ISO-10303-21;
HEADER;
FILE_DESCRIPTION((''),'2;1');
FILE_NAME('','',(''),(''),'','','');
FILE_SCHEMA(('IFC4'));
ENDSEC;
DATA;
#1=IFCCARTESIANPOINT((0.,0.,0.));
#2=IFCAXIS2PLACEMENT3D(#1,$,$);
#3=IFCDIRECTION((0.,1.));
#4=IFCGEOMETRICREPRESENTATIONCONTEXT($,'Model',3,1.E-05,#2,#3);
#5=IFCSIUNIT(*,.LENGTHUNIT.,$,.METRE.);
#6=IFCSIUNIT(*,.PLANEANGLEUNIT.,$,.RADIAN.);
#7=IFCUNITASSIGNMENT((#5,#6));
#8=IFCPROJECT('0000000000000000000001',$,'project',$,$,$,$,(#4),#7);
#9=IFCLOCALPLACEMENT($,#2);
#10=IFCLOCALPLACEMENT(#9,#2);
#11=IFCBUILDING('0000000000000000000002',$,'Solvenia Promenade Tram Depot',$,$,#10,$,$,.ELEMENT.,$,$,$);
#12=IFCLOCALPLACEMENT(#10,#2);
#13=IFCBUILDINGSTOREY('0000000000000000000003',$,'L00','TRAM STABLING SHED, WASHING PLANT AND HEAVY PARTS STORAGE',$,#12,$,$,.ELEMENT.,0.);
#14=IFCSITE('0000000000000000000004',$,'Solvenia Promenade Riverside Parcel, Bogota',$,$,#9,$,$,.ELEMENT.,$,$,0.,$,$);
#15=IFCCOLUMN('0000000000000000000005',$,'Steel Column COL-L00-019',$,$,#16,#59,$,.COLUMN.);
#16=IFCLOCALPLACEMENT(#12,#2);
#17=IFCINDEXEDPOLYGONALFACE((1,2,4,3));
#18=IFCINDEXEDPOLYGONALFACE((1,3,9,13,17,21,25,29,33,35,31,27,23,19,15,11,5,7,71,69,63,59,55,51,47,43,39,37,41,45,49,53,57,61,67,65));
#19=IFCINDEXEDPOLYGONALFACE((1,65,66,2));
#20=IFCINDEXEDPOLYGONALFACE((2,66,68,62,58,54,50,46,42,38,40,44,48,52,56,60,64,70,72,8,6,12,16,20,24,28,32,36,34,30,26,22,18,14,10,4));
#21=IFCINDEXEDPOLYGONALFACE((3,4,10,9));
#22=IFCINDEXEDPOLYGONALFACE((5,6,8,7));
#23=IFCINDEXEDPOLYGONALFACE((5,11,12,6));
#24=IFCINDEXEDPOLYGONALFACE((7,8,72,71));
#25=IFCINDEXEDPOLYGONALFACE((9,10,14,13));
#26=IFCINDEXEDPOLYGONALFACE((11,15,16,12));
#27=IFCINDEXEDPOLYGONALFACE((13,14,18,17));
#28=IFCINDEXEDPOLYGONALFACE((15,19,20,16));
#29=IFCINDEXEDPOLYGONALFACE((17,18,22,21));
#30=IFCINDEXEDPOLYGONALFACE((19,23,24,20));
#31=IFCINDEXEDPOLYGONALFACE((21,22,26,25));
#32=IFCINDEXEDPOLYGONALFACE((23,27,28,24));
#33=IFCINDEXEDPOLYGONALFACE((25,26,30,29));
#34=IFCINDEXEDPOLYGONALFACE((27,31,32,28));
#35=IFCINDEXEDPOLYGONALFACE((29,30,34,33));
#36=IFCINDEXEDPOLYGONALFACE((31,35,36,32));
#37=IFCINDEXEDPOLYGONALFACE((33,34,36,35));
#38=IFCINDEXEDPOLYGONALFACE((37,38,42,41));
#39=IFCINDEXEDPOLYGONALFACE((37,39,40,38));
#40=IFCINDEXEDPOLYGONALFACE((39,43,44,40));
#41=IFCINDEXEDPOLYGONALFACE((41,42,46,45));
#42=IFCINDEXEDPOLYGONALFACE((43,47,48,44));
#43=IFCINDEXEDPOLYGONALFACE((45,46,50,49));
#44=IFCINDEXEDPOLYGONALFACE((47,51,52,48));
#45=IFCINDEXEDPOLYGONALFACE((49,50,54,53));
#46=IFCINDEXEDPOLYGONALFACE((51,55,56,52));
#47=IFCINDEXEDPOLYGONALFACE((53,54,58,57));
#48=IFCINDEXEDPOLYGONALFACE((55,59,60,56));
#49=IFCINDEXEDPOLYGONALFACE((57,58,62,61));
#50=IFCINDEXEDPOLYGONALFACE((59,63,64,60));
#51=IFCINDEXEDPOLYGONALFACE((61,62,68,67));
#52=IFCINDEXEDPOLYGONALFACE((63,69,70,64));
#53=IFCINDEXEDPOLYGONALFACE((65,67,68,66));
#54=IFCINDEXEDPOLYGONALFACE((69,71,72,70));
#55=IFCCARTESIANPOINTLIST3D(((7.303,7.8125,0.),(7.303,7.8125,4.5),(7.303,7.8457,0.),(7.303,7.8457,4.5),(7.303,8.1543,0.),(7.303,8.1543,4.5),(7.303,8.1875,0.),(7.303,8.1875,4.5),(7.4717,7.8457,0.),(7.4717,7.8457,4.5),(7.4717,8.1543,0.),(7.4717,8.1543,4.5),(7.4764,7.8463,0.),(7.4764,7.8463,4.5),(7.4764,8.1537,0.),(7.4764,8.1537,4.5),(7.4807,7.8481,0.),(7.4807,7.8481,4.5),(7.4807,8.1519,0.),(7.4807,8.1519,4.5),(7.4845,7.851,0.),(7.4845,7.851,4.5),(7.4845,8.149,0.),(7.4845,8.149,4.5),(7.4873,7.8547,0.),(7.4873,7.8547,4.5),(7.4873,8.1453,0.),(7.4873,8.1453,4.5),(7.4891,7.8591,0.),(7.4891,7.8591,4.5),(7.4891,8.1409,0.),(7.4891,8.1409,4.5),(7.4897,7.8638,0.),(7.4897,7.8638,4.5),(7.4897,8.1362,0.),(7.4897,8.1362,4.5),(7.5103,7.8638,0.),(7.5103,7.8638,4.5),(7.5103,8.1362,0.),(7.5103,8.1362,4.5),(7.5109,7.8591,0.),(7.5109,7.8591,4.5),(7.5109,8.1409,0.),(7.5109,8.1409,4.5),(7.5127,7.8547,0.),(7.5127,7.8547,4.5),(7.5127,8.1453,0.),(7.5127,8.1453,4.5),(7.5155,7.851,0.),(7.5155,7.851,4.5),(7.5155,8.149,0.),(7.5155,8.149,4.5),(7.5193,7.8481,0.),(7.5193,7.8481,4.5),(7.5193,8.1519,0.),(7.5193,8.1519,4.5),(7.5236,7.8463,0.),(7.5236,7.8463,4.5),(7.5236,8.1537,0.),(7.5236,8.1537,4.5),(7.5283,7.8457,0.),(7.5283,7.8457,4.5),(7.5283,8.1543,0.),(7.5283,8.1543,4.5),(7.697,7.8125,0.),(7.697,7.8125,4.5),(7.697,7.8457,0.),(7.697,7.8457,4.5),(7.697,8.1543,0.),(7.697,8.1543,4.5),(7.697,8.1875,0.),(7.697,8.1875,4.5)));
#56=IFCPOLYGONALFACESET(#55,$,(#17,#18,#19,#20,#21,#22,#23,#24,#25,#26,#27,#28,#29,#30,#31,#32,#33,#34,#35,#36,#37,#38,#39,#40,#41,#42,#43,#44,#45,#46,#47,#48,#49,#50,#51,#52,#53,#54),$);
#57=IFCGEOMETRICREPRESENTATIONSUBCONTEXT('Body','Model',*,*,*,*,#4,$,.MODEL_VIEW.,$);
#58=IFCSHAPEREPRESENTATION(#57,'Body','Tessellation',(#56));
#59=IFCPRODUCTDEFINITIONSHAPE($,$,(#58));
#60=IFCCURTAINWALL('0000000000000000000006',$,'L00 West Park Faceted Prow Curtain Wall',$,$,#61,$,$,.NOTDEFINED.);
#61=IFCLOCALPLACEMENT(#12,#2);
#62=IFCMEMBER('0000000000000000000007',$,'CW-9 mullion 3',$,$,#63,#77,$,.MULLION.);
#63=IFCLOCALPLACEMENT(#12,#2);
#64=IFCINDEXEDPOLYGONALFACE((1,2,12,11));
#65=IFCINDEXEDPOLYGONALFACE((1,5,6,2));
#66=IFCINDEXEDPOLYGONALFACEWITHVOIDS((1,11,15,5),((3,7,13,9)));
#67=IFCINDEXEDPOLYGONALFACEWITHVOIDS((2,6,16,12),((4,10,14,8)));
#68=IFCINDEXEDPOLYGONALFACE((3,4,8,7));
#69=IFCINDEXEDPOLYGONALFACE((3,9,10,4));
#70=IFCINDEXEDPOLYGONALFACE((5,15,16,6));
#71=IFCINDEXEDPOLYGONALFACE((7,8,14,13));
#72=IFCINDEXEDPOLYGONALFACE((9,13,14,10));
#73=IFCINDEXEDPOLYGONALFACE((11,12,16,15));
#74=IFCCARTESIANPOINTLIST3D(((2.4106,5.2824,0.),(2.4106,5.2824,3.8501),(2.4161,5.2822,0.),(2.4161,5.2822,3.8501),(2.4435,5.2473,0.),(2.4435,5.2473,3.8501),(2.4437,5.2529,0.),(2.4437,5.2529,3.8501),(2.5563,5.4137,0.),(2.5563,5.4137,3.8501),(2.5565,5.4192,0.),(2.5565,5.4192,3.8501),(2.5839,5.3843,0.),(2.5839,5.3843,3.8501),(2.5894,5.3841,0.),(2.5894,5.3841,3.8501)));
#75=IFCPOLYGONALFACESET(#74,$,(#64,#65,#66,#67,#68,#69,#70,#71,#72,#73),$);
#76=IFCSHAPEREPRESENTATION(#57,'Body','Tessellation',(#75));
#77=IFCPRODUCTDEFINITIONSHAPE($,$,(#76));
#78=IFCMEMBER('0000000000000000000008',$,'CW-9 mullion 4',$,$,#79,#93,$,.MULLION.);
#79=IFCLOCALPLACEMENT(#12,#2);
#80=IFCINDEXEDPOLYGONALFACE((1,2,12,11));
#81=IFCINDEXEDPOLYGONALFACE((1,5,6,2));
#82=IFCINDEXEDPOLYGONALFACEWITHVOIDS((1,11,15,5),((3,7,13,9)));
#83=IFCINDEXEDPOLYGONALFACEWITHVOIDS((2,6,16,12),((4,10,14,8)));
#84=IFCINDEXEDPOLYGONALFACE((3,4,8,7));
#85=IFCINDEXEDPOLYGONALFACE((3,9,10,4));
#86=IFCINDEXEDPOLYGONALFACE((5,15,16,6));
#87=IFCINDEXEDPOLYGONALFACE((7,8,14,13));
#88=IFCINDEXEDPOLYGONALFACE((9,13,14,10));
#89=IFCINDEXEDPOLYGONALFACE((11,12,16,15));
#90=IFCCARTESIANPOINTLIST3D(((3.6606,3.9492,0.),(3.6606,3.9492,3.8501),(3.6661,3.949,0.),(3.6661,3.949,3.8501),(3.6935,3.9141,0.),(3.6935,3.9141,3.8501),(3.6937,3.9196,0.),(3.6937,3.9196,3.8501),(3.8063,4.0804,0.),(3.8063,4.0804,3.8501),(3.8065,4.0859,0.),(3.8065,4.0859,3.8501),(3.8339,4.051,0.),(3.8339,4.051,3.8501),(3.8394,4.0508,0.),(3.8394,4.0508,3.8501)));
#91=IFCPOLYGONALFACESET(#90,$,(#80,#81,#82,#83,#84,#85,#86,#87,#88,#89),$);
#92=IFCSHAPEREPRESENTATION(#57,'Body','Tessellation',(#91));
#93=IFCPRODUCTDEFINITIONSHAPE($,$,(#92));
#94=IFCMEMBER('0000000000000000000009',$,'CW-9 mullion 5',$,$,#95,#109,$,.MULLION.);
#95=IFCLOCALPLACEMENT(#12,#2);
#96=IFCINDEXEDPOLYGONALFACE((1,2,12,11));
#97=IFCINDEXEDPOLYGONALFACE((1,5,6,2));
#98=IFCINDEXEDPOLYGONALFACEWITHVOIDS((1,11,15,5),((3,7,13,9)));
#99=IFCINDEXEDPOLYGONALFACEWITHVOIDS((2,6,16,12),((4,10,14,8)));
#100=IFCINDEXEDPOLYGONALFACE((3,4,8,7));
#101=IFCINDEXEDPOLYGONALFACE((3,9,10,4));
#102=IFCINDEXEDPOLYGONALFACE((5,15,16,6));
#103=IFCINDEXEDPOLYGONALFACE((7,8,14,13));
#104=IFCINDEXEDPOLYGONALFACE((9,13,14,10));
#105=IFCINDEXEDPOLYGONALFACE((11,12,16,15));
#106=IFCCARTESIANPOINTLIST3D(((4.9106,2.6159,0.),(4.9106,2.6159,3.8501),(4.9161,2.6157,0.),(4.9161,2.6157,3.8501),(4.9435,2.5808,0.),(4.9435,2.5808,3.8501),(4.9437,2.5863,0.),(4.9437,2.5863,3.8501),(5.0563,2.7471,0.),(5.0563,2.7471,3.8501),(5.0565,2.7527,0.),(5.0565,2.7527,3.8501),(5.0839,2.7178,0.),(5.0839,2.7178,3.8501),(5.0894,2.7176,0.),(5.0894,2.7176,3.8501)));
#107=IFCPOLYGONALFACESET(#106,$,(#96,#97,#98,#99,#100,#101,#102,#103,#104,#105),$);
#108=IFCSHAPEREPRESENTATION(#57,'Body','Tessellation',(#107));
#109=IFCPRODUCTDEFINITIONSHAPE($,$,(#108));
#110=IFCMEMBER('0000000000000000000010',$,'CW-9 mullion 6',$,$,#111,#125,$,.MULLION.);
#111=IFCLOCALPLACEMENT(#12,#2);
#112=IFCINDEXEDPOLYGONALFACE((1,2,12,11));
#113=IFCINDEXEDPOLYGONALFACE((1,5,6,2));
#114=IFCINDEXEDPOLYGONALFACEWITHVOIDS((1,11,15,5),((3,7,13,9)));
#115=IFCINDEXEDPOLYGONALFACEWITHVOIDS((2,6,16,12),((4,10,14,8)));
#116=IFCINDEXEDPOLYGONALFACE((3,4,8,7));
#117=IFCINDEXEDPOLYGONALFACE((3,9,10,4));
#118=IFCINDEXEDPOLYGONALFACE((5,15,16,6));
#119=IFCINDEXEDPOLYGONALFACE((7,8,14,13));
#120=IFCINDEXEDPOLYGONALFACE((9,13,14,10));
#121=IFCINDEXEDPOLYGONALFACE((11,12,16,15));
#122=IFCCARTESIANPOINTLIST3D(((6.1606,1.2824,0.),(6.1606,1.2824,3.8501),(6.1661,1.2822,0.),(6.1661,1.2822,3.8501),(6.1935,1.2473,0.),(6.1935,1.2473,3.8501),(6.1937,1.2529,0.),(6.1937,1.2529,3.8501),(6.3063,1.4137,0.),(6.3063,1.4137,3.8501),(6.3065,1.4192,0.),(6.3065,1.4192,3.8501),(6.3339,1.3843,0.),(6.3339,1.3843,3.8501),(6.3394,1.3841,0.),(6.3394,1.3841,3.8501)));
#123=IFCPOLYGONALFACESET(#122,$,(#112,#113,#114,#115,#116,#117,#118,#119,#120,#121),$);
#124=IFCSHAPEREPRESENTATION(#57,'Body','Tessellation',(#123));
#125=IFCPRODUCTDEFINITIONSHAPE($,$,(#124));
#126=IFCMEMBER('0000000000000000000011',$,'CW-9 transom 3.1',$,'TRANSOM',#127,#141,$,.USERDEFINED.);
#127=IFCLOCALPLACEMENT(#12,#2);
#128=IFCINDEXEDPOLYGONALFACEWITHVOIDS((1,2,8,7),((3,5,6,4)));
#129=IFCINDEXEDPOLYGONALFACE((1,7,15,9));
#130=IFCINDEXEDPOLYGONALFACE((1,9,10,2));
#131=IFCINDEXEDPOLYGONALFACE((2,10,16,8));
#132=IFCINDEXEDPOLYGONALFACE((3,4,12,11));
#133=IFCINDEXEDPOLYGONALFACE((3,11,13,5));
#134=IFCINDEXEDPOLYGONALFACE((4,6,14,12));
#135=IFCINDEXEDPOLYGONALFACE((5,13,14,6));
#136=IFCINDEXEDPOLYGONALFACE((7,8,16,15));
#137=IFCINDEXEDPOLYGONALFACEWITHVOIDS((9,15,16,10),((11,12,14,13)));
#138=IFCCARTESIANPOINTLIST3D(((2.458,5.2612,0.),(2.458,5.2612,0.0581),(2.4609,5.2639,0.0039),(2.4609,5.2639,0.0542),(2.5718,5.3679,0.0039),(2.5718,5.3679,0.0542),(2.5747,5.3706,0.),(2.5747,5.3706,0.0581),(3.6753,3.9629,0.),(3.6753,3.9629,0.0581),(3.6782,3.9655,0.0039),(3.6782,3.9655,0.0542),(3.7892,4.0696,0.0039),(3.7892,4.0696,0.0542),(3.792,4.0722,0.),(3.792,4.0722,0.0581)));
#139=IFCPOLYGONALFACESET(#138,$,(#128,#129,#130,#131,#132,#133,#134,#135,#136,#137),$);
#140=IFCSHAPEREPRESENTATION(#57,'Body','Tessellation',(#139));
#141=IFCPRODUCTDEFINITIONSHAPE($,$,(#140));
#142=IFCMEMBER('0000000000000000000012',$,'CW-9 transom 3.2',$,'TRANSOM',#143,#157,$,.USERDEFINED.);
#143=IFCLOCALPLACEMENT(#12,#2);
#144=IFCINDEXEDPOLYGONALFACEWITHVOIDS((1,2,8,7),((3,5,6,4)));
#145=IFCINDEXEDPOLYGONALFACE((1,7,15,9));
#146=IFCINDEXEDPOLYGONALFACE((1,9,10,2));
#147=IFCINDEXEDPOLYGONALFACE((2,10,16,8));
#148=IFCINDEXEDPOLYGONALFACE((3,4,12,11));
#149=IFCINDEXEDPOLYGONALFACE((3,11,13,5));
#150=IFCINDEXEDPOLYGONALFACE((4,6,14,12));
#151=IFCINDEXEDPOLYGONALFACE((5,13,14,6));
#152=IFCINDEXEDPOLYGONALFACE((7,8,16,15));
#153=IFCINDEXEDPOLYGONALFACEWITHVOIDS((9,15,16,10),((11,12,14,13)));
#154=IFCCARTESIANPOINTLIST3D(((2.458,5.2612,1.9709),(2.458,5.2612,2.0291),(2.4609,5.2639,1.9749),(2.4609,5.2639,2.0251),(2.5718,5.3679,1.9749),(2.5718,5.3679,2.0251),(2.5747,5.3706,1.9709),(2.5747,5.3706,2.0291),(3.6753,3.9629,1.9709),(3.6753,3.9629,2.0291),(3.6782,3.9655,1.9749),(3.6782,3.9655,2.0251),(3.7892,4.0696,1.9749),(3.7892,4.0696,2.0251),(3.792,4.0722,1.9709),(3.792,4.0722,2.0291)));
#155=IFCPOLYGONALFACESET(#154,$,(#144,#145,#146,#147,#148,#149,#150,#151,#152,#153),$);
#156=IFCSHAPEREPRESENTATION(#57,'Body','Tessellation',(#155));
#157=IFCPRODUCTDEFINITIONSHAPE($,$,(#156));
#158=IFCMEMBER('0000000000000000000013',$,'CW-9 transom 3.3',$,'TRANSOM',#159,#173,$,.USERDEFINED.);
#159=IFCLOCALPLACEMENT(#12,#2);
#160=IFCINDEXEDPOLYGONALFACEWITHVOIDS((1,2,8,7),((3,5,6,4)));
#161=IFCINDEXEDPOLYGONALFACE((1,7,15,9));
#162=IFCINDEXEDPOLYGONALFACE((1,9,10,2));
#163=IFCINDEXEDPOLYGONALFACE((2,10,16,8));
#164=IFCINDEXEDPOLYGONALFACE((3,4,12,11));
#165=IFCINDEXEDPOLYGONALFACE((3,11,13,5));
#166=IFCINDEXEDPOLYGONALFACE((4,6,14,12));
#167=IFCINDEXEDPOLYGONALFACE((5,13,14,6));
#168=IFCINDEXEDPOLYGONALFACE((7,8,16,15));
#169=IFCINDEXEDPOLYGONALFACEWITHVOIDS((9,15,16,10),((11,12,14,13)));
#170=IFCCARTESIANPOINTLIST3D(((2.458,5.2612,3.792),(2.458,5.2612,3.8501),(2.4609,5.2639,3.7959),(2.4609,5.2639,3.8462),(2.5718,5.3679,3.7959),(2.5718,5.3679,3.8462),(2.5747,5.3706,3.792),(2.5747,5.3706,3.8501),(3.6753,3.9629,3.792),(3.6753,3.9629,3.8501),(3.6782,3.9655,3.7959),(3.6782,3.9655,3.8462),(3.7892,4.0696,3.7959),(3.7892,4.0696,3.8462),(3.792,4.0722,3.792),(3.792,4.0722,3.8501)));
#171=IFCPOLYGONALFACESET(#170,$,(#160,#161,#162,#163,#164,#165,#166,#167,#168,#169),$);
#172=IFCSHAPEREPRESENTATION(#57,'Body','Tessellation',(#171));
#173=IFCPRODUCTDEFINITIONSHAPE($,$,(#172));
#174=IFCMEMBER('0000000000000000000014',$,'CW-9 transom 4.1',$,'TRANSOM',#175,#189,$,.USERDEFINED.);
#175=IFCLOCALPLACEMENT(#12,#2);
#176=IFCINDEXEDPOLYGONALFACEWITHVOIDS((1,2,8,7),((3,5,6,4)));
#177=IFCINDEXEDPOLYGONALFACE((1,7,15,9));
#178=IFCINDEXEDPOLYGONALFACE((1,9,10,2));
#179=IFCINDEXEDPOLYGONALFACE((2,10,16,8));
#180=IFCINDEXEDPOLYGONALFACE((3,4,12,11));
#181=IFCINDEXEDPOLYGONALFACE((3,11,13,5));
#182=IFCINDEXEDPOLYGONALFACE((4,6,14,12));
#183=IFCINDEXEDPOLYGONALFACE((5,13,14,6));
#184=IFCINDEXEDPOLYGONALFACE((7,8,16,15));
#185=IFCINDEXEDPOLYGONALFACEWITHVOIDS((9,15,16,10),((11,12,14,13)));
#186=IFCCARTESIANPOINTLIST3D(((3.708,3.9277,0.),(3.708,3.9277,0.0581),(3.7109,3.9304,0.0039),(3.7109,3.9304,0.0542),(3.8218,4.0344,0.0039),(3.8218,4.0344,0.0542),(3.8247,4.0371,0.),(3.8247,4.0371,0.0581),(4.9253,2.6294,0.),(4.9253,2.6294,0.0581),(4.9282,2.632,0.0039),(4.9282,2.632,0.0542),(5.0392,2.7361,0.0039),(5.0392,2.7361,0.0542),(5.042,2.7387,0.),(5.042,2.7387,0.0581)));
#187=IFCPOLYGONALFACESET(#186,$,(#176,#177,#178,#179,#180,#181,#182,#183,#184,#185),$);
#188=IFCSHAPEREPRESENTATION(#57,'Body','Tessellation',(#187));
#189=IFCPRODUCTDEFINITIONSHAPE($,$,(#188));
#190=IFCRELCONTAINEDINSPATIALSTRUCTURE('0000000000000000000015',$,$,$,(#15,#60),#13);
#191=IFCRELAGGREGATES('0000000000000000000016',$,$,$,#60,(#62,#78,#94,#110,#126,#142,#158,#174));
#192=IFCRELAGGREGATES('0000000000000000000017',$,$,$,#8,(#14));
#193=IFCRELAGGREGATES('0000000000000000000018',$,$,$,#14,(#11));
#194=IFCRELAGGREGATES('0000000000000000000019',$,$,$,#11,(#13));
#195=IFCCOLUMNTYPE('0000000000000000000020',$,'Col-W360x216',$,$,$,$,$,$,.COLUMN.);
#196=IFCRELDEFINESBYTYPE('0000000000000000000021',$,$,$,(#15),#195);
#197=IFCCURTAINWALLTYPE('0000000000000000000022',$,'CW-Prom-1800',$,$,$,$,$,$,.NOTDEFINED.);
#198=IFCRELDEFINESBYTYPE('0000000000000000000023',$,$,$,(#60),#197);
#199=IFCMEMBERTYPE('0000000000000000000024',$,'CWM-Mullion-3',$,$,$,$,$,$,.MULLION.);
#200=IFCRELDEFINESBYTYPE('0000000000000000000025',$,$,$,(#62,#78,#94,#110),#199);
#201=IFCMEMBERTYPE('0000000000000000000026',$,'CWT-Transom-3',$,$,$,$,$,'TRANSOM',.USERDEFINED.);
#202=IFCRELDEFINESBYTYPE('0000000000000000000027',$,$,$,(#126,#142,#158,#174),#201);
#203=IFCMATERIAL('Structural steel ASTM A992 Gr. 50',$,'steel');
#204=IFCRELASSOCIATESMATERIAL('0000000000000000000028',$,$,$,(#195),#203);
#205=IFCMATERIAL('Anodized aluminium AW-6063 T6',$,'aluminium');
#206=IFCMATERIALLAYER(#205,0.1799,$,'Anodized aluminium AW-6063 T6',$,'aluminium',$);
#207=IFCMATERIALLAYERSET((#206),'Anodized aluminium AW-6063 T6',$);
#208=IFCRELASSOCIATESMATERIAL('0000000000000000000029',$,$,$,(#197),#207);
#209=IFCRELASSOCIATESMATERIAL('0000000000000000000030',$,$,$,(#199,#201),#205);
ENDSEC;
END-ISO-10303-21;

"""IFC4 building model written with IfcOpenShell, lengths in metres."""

from ifc_helpers import new_model, si_unit, direction, frame, origin, origin_2d, place, context, subcontext, project, spatial, hollow_rectangle, i_section, extrude, material, layer, layer_set, material_profile, profile_set, type_object, element, aggregate, save


model = new_model("IFC4")

# Units and contexts
model_context = context("Model", 3, precision=1e-05, world=origin(), true_north=direction((0.0, 1.0)))
body_context = subcontext(model_context, "Body", "Model", "MODEL_VIEW")
ifc_project = project(units=[si_unit("LENGTHUNIT", "METRE"), si_unit("PLANEANGLEUNIT", "RADIAN")], contexts=[model_context])

# Site, building, storey
site_placement = place(None, origin())
site = spatial("IfcSite", under=ifc_project, at=site_placement, Name="Solvenia Promenade Riverside Parcel, Bogota", CompositionType="ELEMENT", RefElevation=0.0)
building_placement = place(site_placement, origin())
building = spatial("IfcBuilding", under=site, at=building_placement, Name="Solvenia Promenade Tram Depot", CompositionType="ELEMENT")
storey_placement = place(building_placement, origin())
storey = spatial("IfcBuildingStorey", under=building, at=storey_placement, Name="L00", Description="TRAM STABLING SHED, WASHING PLANT AND HEAVY PARTS STORAGE", CompositionType="ELEMENT", Elevation=0.0)

# Column
ifc_material_1 = material(Name="Structural steel ASTM A992 Gr. 50", Category="steel")
ifc_material_profile_1 = material_profile(ifc_material_1, i_section(OverallWidth=0.394, OverallDepth=0.375, WebThickness=0.0205, FlangeThickness=0.0332, FilletRadius=0.0181, at=origin_2d()), Name="W360x216", Category="steel")
ifc_profile_set_1 = profile_set([ifc_material_profile_1], Name="Structural steel ASTM A992 Gr. 50")
column_type = type_object("IfcColumnType", Name="Col-W360x216", PredefinedType="COLUMN", material=ifc_profile_set_1)
column_placement = place(storey_placement, frame((7.5, 8.0, 0.0), z_axis=(0.0, 0.0, 1.0), x_axis=(1.0, 0.0, 0.0)))
element("IfcColumn", 1, at=column_placement, inside=storey, type_object=column_type, Name="Steel Column COL-L00-019", PredefinedType="COLUMN", context=body_context, shape_type="SweptSolid", body=[
    extrude(i_section(OverallWidth=0.394, OverallDepth=0.375, WebThickness=0.0205, FlangeThickness=0.0332, FilletRadius=0.0181, at=origin_2d()), origin(), (0.0, 0.0, 1.0), 4.5),
])

# Curtain wall, members
ifc_material_2 = material(Name="Anodized aluminium AW-6063 T6", Category="aluminium")
ifc_layer_1 = layer(ifc_material_2, 0.1799, Name="Anodized aluminium AW-6063 T6", Category="aluminium")
ifc_layer_set_1 = layer_set([ifc_layer_1], Name="Anodized aluminium AW-6063 T6")
curtain_wall_type = type_object("IfcCurtainWallType", Name="CW-Prom-1800", PredefinedType="NOTDEFINED", material=ifc_layer_set_1)
curtain_wall_placement = place(storey_placement, origin())
curtain_wall = element("IfcCurtainWall", 2, at=curtain_wall_placement, inside=storey, type_object=curtain_wall_type, Name="L00 West Park Faceted Prow Curtain Wall", PredefinedType="NOTDEFINED")
ifc_material_profile_2 = material_profile(ifc_material_2, hollow_rectangle(XDim=0.2, YDim=0.0481, WallThickness=0.0039, at=origin_2d()), Name="ALU-M3", Category="aluminium")
ifc_profile_set_2 = profile_set([ifc_material_profile_2], Name="Anodized aluminium AW-6063 T6")
member_type_1 = type_object("IfcMemberType", Name="CWM-Mullion-3", PredefinedType="MULLION", material=ifc_profile_set_2)
member_1_placement = place(storey_placement, frame((2.5, 5.3333, 0.0), z_axis=(0.0, 0.0, 1.0), x_axis=(0.729537, 0.683941, 0.0)))
member_1 = element("IfcMember", 3, at=member_1_placement, type_object=member_type_1, Name="CW-9 mullion 3", PredefinedType="MULLION", context=body_context, shape_type="SweptSolid", body=[
    extrude(hollow_rectangle(XDim=0.2, YDim=0.0481, WallThickness=0.0039, at=origin_2d()), origin(), (0.0, 0.0, 1.0), 3.8501),
])
member_2_placement = place(storey_placement, frame((3.75, 4.0, 0.0), z_axis=(0.0, 0.0, 1.0), x_axis=(0.729537, 0.683941, 0.0)))
member_2 = element("IfcMember", 4, at=member_2_placement, type_object=member_type_1, Name="CW-9 mullion 4", PredefinedType="MULLION", context=body_context, shape_type="SweptSolid", body=[
    extrude(hollow_rectangle(XDim=0.2, YDim=0.0481, WallThickness=0.0039, at=origin_2d()), origin(), (0.0, 0.0, 1.0), 3.8501),
])
member_3_placement = place(storey_placement, frame((5.0, 2.6667, 0.0), z_axis=(0.0, 0.0, 1.0), x_axis=(0.729537, 0.683941, 0.0)))
member_3 = element("IfcMember", 5, at=member_3_placement, type_object=member_type_1, Name="CW-9 mullion 5", PredefinedType="MULLION", context=body_context, shape_type="SweptSolid", body=[
    extrude(hollow_rectangle(XDim=0.2, YDim=0.0481, WallThickness=0.0039, at=origin_2d()), origin(), (0.0, 0.0, 1.0), 3.8501),
])
member_4_placement = place(storey_placement, frame((6.25, 1.3333, 0.0), z_axis=(0.0, 0.0, 1.0), x_axis=(0.729537, 0.683941, 0.0)))
member_4 = element("IfcMember", 6, at=member_4_placement, type_object=member_type_1, Name="CW-9 mullion 6", PredefinedType="MULLION", context=body_context, shape_type="SweptSolid", body=[
    extrude(hollow_rectangle(XDim=0.2, YDim=0.0481, WallThickness=0.0039, at=origin_2d()), origin(), (0.0, 0.0, 1.0), 3.8501),
])
ifc_material_profile_3 = material_profile(ifc_material_2, hollow_rectangle(XDim=0.1599, YDim=0.0581, WallThickness=0.0039, at=origin_2d()), Name="ALU-T3", Category="aluminium")
ifc_profile_set_3 = profile_set([ifc_material_profile_3], Name="Anodized aluminium AW-6063 T6")
member_type_2 = type_object("IfcMemberType", Name="CWT-Transom-3", ElementType="TRANSOM", PredefinedType="USERDEFINED", material=ifc_profile_set_3)
member_5_placement = place(storey_placement, frame((2.5164, 5.3159, 0.0291), z_axis=(0.683969, -0.729512, 0.0), x_axis=(0.729512, 0.683969, 0.0)))
member_5 = element("IfcMember", 7, at=member_5_placement, type_object=member_type_2, Name="CW-9 transom 3.1", ObjectType="TRANSOM", PredefinedType="USERDEFINED", context=body_context, shape_type="SweptSolid", body=[
    extrude(hollow_rectangle(XDim=0.1599, YDim=0.0581, WallThickness=0.0039, at=origin_2d()), origin(), (0.0, 0.0, 1.0), 1.7798),
])
member_6_placement = place(storey_placement, frame((2.5164, 5.3159, 2.0), z_axis=(0.683969, -0.729512, 0.0), x_axis=(0.729512, 0.683969, 0.0)))
member_6 = element("IfcMember", 8, at=member_6_placement, type_object=member_type_2, Name="CW-9 transom 3.2", ObjectType="TRANSOM", PredefinedType="USERDEFINED", context=body_context, shape_type="SweptSolid", body=[
    extrude(hollow_rectangle(XDim=0.1599, YDim=0.0581, WallThickness=0.0039, at=origin_2d()), origin(), (0.0, 0.0, 1.0), 1.7798),
])
member_7_placement = place(storey_placement, frame((2.5164, 5.3159, 3.821), z_axis=(0.683969, -0.729512, 0.0), x_axis=(0.729512, 0.683969, 0.0)))
member_7 = element("IfcMember", 9, at=member_7_placement, type_object=member_type_2, Name="CW-9 transom 3.3", ObjectType="TRANSOM", PredefinedType="USERDEFINED", context=body_context, shape_type="SweptSolid", body=[
    extrude(hollow_rectangle(XDim=0.1599, YDim=0.0581, WallThickness=0.0039, at=origin_2d()), origin(), (0.0, 0.0, 1.0), 1.7798),
])
member_8_placement = place(storey_placement, frame((3.7664, 3.9824, 0.0291), z_axis=(0.683969, -0.729512, 0.0), x_axis=(0.729512, 0.683969, 0.0)))
member_8 = element("IfcMember", 10, at=member_8_placement, type_object=member_type_2, Name="CW-9 transom 4.1", ObjectType="TRANSOM", PredefinedType="USERDEFINED", context=body_context, shape_type="SweptSolid", body=[
    extrude(hollow_rectangle(XDim=0.1599, YDim=0.0581, WallThickness=0.0039, at=origin_2d()), origin(), (0.0, 0.0, 1.0), 1.7798),
])
aggregate(curtain_wall, [member_1, member_2, member_3, member_4, member_5, member_6, member_7, member_8])

save(model, "model.ifc")
